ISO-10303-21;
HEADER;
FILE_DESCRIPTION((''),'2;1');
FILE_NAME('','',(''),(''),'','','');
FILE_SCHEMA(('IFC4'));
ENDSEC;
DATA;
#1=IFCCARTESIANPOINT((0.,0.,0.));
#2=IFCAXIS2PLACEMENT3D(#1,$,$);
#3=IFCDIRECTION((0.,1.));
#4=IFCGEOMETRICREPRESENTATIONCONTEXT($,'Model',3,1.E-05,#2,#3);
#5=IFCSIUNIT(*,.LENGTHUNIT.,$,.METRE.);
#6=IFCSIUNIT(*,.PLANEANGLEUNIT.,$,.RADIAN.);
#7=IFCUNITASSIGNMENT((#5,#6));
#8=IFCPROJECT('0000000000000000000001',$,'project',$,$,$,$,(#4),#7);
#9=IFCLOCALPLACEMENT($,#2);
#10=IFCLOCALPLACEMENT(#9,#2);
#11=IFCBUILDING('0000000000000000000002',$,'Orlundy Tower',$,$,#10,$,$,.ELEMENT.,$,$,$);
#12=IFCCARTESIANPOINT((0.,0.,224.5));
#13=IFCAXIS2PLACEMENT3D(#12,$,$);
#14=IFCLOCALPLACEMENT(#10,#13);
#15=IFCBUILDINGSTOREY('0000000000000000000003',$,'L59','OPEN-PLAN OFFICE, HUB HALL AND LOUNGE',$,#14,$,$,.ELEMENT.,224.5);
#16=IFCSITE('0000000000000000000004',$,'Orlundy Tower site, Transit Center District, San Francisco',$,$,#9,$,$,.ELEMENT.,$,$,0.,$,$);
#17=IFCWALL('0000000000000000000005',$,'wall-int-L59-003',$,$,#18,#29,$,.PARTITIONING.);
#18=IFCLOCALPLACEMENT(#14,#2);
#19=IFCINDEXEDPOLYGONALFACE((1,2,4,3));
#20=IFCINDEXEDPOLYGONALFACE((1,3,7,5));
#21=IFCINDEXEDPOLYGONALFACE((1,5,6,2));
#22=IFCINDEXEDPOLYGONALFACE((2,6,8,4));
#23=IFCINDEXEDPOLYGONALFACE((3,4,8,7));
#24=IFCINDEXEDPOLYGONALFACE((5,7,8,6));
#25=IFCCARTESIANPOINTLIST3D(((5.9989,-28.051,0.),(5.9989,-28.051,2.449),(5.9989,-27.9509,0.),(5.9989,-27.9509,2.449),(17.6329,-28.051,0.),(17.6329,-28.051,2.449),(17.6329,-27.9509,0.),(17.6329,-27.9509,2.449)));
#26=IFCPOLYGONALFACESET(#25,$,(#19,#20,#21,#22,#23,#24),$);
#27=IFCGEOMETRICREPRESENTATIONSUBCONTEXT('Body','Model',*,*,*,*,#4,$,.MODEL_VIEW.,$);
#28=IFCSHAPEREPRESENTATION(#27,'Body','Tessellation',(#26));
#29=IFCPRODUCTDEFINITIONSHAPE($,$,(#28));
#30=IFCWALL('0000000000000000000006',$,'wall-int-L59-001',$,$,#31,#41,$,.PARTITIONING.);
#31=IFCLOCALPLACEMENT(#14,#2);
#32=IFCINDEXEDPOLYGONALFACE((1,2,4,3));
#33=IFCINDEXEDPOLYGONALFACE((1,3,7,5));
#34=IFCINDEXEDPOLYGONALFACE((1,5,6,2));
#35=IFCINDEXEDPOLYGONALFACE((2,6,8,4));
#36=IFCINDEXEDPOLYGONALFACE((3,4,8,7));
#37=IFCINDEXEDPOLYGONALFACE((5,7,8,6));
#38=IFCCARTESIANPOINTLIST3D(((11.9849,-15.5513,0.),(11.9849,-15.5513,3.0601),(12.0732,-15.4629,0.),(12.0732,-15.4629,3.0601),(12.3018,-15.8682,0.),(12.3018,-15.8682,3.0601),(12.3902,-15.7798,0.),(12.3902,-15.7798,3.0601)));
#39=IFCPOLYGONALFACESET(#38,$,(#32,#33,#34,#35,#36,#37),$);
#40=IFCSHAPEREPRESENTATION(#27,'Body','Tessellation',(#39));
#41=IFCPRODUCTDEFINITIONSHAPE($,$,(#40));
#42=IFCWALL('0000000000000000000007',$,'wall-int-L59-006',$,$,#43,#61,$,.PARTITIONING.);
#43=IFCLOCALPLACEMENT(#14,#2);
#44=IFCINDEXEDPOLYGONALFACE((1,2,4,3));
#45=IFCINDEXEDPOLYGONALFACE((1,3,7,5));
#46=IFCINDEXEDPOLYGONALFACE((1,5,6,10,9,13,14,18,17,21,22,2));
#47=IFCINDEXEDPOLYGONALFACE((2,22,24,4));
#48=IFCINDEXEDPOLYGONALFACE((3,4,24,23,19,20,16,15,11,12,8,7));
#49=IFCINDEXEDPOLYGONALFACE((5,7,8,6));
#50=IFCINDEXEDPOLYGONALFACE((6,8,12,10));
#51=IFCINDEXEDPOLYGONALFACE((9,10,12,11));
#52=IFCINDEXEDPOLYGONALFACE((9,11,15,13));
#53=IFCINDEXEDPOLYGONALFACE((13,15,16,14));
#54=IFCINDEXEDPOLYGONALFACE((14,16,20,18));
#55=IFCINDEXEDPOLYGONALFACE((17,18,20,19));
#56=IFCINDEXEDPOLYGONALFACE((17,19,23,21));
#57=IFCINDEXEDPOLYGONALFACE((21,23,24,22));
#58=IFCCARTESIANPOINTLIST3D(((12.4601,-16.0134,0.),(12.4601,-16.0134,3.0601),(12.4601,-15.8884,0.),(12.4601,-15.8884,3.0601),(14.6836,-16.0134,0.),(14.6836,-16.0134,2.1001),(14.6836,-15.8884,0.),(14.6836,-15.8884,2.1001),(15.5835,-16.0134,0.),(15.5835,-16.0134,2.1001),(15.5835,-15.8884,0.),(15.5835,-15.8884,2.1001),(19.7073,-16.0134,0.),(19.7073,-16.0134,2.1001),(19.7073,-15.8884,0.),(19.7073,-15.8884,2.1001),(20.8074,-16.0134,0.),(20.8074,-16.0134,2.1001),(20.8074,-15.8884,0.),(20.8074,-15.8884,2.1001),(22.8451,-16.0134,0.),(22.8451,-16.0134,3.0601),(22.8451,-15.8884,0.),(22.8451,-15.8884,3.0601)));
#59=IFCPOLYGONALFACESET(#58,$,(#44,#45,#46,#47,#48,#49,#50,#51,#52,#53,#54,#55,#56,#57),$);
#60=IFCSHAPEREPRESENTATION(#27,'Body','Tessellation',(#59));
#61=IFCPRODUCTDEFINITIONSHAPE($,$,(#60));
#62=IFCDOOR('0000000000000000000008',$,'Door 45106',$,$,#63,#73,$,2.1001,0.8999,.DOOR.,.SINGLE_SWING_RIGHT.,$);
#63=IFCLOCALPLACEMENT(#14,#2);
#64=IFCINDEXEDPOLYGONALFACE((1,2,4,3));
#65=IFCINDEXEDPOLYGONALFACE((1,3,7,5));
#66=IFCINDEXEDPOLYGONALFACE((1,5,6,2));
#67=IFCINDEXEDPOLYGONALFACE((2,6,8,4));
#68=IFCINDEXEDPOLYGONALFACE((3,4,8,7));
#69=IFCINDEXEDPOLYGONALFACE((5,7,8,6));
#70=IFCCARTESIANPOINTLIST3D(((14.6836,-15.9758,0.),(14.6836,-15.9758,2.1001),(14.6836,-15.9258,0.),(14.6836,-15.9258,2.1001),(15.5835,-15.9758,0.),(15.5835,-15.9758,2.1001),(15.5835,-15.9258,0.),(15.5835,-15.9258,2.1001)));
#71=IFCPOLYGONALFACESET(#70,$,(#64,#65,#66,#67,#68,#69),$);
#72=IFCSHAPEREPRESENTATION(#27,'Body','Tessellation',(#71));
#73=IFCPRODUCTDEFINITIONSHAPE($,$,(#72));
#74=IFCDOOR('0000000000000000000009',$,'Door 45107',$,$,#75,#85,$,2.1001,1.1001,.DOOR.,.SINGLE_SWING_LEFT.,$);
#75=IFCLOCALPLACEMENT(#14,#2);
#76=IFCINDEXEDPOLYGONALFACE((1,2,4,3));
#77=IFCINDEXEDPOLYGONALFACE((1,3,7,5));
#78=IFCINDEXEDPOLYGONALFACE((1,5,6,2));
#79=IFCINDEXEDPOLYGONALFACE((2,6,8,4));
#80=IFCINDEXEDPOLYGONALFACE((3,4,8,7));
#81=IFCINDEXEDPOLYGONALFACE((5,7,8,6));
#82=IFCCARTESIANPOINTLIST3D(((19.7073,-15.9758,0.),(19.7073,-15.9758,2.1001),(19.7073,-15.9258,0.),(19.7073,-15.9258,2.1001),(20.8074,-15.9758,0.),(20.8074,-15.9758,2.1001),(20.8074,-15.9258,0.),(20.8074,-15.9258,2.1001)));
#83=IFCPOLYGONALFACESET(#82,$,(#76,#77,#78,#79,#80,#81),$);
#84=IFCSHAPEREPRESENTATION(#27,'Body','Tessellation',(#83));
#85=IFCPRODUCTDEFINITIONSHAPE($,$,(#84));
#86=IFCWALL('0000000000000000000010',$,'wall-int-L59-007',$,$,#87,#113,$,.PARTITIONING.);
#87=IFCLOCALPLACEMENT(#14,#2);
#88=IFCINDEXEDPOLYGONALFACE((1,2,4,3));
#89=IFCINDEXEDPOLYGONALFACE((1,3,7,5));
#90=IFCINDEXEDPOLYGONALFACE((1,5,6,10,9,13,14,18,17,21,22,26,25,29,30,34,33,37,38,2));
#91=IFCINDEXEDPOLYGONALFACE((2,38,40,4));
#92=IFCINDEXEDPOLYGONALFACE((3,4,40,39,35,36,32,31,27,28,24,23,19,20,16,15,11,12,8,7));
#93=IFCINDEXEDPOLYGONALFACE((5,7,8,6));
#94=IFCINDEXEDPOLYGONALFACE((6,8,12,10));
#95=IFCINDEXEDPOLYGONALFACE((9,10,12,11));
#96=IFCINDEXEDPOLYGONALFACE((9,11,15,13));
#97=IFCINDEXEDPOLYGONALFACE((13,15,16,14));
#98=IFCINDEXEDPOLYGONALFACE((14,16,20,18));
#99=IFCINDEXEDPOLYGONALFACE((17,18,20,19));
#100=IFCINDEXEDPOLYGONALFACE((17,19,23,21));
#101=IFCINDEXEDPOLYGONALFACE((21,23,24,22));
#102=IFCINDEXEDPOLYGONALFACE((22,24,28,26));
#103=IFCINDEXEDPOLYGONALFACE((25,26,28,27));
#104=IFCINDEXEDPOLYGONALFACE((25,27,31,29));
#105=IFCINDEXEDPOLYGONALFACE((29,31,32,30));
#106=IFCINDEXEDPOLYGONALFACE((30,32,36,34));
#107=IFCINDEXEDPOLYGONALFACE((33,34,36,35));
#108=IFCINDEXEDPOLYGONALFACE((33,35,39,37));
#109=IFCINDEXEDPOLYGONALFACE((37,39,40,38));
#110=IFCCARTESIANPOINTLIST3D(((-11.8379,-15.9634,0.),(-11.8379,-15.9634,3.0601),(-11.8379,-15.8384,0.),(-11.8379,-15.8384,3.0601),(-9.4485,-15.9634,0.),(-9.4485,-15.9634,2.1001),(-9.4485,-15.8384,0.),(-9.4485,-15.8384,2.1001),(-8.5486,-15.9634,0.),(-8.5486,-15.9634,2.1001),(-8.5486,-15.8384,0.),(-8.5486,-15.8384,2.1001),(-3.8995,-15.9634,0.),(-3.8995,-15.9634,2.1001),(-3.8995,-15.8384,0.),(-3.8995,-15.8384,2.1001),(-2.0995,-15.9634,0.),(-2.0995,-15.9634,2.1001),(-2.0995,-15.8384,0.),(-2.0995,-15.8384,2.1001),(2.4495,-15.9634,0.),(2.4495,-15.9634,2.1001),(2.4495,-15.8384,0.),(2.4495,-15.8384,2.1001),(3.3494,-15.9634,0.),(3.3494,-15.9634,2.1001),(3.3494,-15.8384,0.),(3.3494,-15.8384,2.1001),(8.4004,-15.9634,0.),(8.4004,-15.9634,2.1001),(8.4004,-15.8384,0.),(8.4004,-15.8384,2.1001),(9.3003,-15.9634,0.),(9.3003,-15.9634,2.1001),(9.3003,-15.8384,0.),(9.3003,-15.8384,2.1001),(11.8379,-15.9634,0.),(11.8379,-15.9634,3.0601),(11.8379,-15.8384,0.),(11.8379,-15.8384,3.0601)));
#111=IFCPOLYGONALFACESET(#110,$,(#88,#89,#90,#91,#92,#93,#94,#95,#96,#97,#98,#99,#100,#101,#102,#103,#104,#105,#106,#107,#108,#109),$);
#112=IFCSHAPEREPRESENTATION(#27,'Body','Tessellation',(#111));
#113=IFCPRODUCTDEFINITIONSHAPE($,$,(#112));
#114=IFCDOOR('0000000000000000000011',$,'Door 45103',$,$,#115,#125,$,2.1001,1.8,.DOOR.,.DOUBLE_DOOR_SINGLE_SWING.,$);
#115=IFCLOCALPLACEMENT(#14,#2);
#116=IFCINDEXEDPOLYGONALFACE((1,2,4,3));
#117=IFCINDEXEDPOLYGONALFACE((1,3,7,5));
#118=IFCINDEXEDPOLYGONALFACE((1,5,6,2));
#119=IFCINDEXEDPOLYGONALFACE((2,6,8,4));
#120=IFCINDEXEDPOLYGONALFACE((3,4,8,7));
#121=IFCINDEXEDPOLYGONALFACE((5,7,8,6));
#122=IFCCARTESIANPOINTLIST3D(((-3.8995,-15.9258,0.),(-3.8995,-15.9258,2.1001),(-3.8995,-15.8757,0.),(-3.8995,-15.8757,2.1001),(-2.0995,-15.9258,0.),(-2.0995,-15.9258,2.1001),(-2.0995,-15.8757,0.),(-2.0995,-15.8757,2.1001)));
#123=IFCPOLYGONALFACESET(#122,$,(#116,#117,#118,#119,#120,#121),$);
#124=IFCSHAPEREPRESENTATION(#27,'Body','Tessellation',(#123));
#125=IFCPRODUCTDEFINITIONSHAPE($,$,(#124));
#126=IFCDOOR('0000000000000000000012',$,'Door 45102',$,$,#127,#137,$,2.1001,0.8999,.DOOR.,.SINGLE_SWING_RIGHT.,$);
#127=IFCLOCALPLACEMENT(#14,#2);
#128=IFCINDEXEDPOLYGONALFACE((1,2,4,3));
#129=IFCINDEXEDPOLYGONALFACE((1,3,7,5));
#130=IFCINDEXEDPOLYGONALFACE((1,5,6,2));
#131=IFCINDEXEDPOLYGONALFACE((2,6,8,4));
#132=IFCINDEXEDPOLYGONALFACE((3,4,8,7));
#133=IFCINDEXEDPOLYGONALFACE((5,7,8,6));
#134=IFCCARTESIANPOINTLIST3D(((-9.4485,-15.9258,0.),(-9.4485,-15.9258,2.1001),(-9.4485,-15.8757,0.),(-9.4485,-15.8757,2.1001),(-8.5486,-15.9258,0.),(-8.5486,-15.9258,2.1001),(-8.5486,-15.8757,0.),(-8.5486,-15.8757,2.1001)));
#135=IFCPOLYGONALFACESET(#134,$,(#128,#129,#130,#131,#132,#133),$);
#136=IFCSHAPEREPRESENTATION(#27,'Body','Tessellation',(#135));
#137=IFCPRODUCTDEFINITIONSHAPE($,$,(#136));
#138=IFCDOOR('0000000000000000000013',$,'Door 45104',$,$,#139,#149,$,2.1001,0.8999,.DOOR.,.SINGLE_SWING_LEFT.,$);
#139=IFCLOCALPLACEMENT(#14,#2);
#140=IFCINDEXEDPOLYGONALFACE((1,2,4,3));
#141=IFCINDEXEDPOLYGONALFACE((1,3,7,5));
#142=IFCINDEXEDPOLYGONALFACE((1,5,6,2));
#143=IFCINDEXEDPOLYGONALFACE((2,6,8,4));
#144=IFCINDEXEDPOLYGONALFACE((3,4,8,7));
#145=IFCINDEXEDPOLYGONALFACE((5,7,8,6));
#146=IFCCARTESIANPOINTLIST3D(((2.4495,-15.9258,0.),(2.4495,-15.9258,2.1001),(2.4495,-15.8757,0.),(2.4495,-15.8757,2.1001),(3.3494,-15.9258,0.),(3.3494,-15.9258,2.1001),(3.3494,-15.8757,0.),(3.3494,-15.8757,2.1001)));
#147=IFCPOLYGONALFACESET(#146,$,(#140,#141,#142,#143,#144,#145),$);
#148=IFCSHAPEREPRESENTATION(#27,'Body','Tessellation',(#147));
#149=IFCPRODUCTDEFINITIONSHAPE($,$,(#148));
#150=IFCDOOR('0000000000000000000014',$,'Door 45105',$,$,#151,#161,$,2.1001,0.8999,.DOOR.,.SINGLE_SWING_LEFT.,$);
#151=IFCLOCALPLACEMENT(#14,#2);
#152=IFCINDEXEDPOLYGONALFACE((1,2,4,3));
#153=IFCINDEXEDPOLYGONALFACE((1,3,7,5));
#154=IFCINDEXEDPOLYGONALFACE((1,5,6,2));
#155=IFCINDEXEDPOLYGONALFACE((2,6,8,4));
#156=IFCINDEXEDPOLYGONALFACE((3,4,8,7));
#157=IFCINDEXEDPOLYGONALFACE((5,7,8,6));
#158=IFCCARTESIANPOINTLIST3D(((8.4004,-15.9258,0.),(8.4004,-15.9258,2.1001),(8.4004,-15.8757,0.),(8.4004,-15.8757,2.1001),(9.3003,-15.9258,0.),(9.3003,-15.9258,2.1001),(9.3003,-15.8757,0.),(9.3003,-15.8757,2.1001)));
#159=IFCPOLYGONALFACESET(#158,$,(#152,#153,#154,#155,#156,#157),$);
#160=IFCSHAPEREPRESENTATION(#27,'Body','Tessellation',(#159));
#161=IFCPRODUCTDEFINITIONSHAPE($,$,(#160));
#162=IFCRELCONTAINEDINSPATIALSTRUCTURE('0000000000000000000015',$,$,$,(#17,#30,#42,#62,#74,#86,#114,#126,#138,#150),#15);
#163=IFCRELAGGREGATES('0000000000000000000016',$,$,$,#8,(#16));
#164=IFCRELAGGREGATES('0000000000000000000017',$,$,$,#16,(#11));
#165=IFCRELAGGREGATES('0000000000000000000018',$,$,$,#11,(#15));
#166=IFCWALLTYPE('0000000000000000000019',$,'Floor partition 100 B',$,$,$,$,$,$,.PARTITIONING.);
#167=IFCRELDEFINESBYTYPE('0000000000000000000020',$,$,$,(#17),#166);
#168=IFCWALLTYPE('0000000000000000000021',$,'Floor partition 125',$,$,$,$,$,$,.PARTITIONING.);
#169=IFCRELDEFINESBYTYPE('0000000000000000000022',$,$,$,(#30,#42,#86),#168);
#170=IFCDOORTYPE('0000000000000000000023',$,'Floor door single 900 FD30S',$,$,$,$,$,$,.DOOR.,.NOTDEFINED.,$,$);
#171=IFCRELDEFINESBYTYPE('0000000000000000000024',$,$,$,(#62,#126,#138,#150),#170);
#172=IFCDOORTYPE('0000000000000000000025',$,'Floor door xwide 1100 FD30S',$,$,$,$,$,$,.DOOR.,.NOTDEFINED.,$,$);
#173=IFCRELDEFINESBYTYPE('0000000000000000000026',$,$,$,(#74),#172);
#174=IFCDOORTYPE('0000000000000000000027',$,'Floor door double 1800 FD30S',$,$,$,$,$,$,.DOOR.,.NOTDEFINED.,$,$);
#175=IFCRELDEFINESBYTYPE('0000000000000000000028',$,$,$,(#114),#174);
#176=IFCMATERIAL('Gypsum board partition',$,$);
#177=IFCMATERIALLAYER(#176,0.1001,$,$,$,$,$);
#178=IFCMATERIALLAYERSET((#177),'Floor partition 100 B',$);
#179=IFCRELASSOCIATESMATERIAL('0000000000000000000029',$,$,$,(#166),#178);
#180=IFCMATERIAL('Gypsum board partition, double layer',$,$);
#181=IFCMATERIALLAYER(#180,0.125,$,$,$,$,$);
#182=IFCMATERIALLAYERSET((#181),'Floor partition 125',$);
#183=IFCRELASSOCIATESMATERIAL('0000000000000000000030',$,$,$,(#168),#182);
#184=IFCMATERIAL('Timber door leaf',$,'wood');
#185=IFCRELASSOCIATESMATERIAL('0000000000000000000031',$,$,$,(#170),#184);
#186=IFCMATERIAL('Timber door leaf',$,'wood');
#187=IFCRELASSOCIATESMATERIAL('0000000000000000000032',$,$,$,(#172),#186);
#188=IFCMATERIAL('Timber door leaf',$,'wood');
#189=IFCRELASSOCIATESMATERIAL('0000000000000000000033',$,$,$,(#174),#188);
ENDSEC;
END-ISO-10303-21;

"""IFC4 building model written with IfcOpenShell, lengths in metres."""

from ifc_helpers import new_model, si_unit, direction, frame, frame_2d, origin, place, context, subcontext, project, spatial, rectangle, extrude, material, layer, layer_set, type_object, element, fill, save


model = new_model("IFC4")

# Units and contexts
model_context = context("Model", 3, precision=1e-05, world=origin(), true_north=direction((0.0, 1.0)))
body_context = subcontext(model_context, "Body", "Model", "MODEL_VIEW")
ifc_project = project(units=[si_unit("LENGTHUNIT", "METRE"), si_unit("PLANEANGLEUNIT", "RADIAN")], contexts=[model_context])

# Site, building, storey
site_placement = place(None, origin())
site = spatial("IfcSite", under=ifc_project, at=site_placement, Name="Orlundy Tower site, Transit Center District, San Francisco", CompositionType="ELEMENT", RefElevation=0.0)
building_placement = place(site_placement, origin())
building = spatial("IfcBuilding", under=site, at=building_placement, Name="Orlundy Tower", CompositionType="ELEMENT")
storey_placement = place(building_placement, frame((0.0, 0.0, 224.5)))
storey = spatial("IfcBuildingStorey", under=building, at=storey_placement, Name="L59", Description="OPEN-PLAN OFFICE, HUB HALL AND LOUNGE", CompositionType="ELEMENT", Elevation=224.5)

# Walls
ifc_material_1 = material(Name="Gypsum board partition")
ifc_layer_1 = layer(ifc_material_1, 0.1001)
ifc_layer_set_1 = layer_set([ifc_layer_1], Name="Floor partition 100 B")
wall_type_1 = type_object("IfcWallType", Name="Floor partition 100 B", PredefinedType="PARTITIONING", material=ifc_layer_set_1)
wall_1_placement = place(storey_placement, frame((5.999, -28.001, 0.0), z_axis=(0.0, 0.0, 1.0), x_axis=(1.0, 0.0, 0.0)))
element("IfcWall", 1, at=wall_1_placement, inside=storey, type_object=wall_type_1, Name="wall-int-L59-003", PredefinedType="PARTITIONING", context=body_context, shape_type="SweptSolid", body=[
    extrude(rectangle(XDim=11.634, YDim=0.1001, at=frame_2d((5.8169, 0.0))), origin(), (0.0, 0.0, 1.0), 2.449),
])
ifc_material_2 = material(Name="Gypsum board partition, double layer")
ifc_layer_2 = layer(ifc_material_2, 0.125)
ifc_layer_set_2 = layer_set([ifc_layer_2], Name="Floor partition 125")
wall_type_2 = type_object("IfcWallType", Name="Floor partition 125", PredefinedType="PARTITIONING", material=ifc_layer_set_2)
wall_2_placement = place(storey_placement, frame((12.0291, -15.5071, 0.0), z_axis=(0.0, 0.0, 1.0), x_axis=(0.707107, -0.707107, 0.0)))
element("IfcWall", 2, at=wall_2_placement, inside=storey, type_object=wall_type_2, Name="wall-int-L59-001", PredefinedType="PARTITIONING", context=body_context, shape_type="SweptSolid", body=[
    extrude(rectangle(XDim=0.4482, YDim=0.125, at=frame_2d((0.2241, 0.0))), origin(), (0.0, 0.0, 1.0), 3.0601),
])

# Walls, openings, doors
wall_3_placement = place(storey_placement, frame((22.845, -15.9509, 0.0), z_axis=(0.0, 0.0, 1.0), x_axis=(-1.0, 0.0, 0.0)))
wall_3 = element("IfcWall", 3, at=wall_3_placement, inside=storey, type_object=wall_type_2, Name="wall-int-L59-006", PredefinedType="PARTITIONING", context=body_context, shape_type="SweptSolid", body=[
    extrude(rectangle(XDim=10.385, YDim=0.125, at=frame_2d((5.1924, 0.0))), origin(), (0.0, 0.0, 1.0), 3.0601),
])
opening_1_placement = place(wall_3_placement, frame((7.2615, 0.0, 0.0)))
opening_1 = element("IfcOpeningElement", 4, at=opening_1_placement, cuts=wall_3, PredefinedType="OPENING", context=body_context, shape_type="SweptSolid", body=[
    extrude(rectangle(XDim=0.8999, YDim=2.1001, at=frame_2d((0.45, 1.05))), frame((0.0, 0.0725, 0.0), z_axis=(0.0, -1.0, 0.0), x_axis=(1.0, 0.0, 0.0)), (0.0, 0.0, 1.0), 0.145),
])
opening_2_placement = place(wall_3_placement, frame((2.0376, 0.0, 0.0)))
opening_2 = element("IfcOpeningElement", 5, at=opening_2_placement, cuts=wall_3, PredefinedType="OPENING", context=body_context, shape_type="SweptSolid", body=[
    extrude(rectangle(XDim=1.1001, YDim=2.1001, at=frame_2d((0.55, 1.05))), frame((0.0, 0.0725, 0.0), z_axis=(0.0, -1.0, 0.0), x_axis=(1.0, 0.0, 0.0)), (0.0, 0.0, 1.0), 0.145),
])
ifc_material_3 = material(Name="Timber door leaf", Category="wood")
door_type_1 = type_object("IfcDoorType", Name="Floor door single 900 FD30S", OperationType="NOTDEFINED", PredefinedType="DOOR", material=ifc_material_3)
door_1_placement = place(opening_1_placement, origin())
door_1 = element("IfcDoor", 6, at=door_1_placement, inside=storey, type_object=door_type_1, Name="Door 45106", OperationType="SINGLE_SWING_RIGHT", OverallHeight=2.1001, OverallWidth=0.8999, PredefinedType="DOOR", context=body_context, shape_type="SweptSolid", body=[
    extrude(rectangle(XDim=0.8999, YDim=2.1001, at=frame_2d((0.45, 1.05))), frame((0.0, 0.0249, 0.0), z_axis=(0.0, -1.0, 0.0), x_axis=(1.0, 0.0, 0.0)), (0.0, 0.0, 1.0), 0.05),
])
fill(opening_1, door_1)
ifc_material_4 = material(Name="Timber door leaf", Category="wood")
door_type_2 = type_object("IfcDoorType", Name="Floor door xwide 1100 FD30S", OperationType="NOTDEFINED", PredefinedType="DOOR", material=ifc_material_4)
door_2_placement = place(opening_2_placement, origin())
door_2 = element("IfcDoor", 7, at=door_2_placement, inside=storey, type_object=door_type_2, Name="Door 45107", OperationType="SINGLE_SWING_LEFT", OverallHeight=2.1001, OverallWidth=1.1001, PredefinedType="DOOR", context=body_context, shape_type="SweptSolid", body=[
    extrude(rectangle(XDim=1.1001, YDim=2.1001, at=frame_2d((0.55, 1.05))), frame((0.0, 0.0249, 0.0), z_axis=(0.0, -1.0, 0.0), x_axis=(1.0, 0.0, 0.0)), (0.0, 0.0, 1.0), 0.05),
])
fill(opening_2, door_2)
wall_4_placement = place(storey_placement, frame((11.8379, -15.9009, 0.0), z_axis=(0.0, 0.0, 1.0), x_axis=(-1.0, 0.0, 0.0)))
wall_4 = element("IfcWall", 8, at=wall_4_placement, inside=storey, type_object=wall_type_2, Name="wall-int-L59-007", PredefinedType="PARTITIONING", context=body_context, shape_type="SweptSolid", body=[
    extrude(rectangle(XDim=23.6758, YDim=0.125, at=frame_2d((11.8379, 0.0))), origin(), (0.0, 0.0, 1.0), 3.0601),
])
opening_3_placement = place(wall_4_placement, frame((20.3865, 0.0, 0.0)))
opening_3 = element("IfcOpeningElement", 9, at=opening_3_placement, cuts=wall_4, PredefinedType="OPENING", context=body_context, shape_type="SweptSolid", body=[
    extrude(rectangle(XDim=0.8999, YDim=2.1001, at=frame_2d((0.45, 1.05))), frame((0.0, 0.0725, 0.0), z_axis=(0.0, -1.0, 0.0), x_axis=(1.0, 0.0, 0.0)), (0.0, 0.0, 1.0), 0.145),
])
opening_4_placement = place(wall_4_placement, frame((13.9375, 0.0, 0.0)))
opening_4 = element("IfcOpeningElement", 10, at=opening_4_placement, cuts=wall_4, PredefinedType="OPENING", context=body_context, shape_type="SweptSolid", body=[
    extrude(rectangle(XDim=1.8, YDim=2.1001, at=frame_2d((0.8999, 1.05))), frame((0.0, 0.0725, 0.0), z_axis=(0.0, -1.0, 0.0), x_axis=(1.0, 0.0, 0.0)), (0.0, 0.0, 1.0), 0.145),
])
opening_5_placement = place(wall_4_placement, frame((8.4885, 0.0, 0.0)))
opening_5 = element("IfcOpeningElement", 11, at=opening_5_placement, cuts=wall_4, PredefinedType="OPENING", context=body_context, shape_type="SweptSolid", body=[
    extrude(rectangle(XDim=0.8999, YDim=2.1001, at=frame_2d((0.45, 1.05))), frame((0.0, 0.0725, 0.0), z_axis=(0.0, -1.0, 0.0), x_axis=(1.0, 0.0, 0.0)), (0.0, 0.0, 1.0), 0.145),
])
opening_6_placement = place(wall_4_placement, frame((2.5376, 0.0, 0.0)))
opening_6 = element("IfcOpeningElement", 12, at=opening_6_placement, cuts=wall_4, PredefinedType="OPENING", context=body_context, shape_type="SweptSolid", body=[
    extrude(rectangle(XDim=0.8999, YDim=2.1001, at=frame_2d((0.45, 1.05))), frame((0.0, 0.0725, 0.0), z_axis=(0.0, -1.0, 0.0), x_axis=(1.0, 0.0, 0.0)), (0.0, 0.0, 1.0), 0.145),
])
ifc_material_5 = material(Name="Timber door leaf", Category="wood")
door_type_3 = type_object("IfcDoorType", Name="Floor door double 1800 FD30S", OperationType="NOTDEFINED", PredefinedType="DOOR", material=ifc_material_5)
door_3_placement = place(opening_4_placement, origin())
door_3 = element("IfcDoor", 13, at=door_3_placement, inside=storey, type_object=door_type_3, Name="Door 45103", OperationType="DOUBLE_DOOR_SINGLE_SWING", OverallHeight=2.1001, OverallWidth=1.8, PredefinedType="DOOR", context=body_context, shape_type="SweptSolid", body=[
    extrude(rectangle(XDim=1.8, YDim=2.1001, at=frame_2d((0.8999, 1.05))), frame((0.0, 0.0249, 0.0), z_axis=(0.0, -1.0, 0.0), x_axis=(1.0, 0.0, 0.0)), (0.0, 0.0, 1.0), 0.05),
])
fill(opening_4, door_3)
door_4_placement = place(opening_3_placement, origin())
door_4 = element("IfcDoor", 14, at=door_4_placement, inside=storey, type_object=door_type_1, Name="Door 45102", OperationType="SINGLE_SWING_RIGHT", OverallHeight=2.1001, OverallWidth=0.8999, PredefinedType="DOOR", context=body_context, shape_type="SweptSolid", body=[
    extrude(rectangle(XDim=0.8999, YDim=2.1001, at=frame_2d((0.45, 1.05))), frame((0.0, 0.0249, 0.0), z_axis=(0.0, -1.0, 0.0), x_axis=(1.0, 0.0, 0.0)), (0.0, 0.0, 1.0), 0.05),
])
fill(opening_3, door_4)
door_5_placement = place(opening_5_placement, origin())
door_5 = element("IfcDoor", 15, at=door_5_placement, inside=storey, type_object=door_type_1, Name="Door 45104", OperationType="SINGLE_SWING_LEFT", OverallHeight=2.1001, OverallWidth=0.8999, PredefinedType="DOOR", context=body_context, shape_type="SweptSolid", body=[
    extrude(rectangle(XDim=0.8999, YDim=2.1001, at=frame_2d((0.45, 1.05))), frame((0.0, 0.0249, 0.0), z_axis=(0.0, -1.0, 0.0), x_axis=(1.0, 0.0, 0.0)), (0.0, 0.0, 1.0), 0.05),
])
fill(opening_5, door_5)
door_6_placement = place(opening_6_placement, origin())
door_6 = element("IfcDoor", 16, at=door_6_placement, inside=storey, type_object=door_type_1, Name="Door 45105", OperationType="SINGLE_SWING_LEFT", OverallHeight=2.1001, OverallWidth=0.8999, PredefinedType="DOOR", context=body_context, shape_type="SweptSolid", body=[
    extrude(rectangle(XDim=0.8999, YDim=2.1001, at=frame_2d((0.45, 1.05))), frame((0.0, 0.0249, 0.0), z_axis=(0.0, -1.0, 0.0), x_axis=(1.0, 0.0, 0.0)), (0.0, 0.0, 1.0), 0.05),
])
fill(opening_6, door_6)

save(model, "model.ifc")
